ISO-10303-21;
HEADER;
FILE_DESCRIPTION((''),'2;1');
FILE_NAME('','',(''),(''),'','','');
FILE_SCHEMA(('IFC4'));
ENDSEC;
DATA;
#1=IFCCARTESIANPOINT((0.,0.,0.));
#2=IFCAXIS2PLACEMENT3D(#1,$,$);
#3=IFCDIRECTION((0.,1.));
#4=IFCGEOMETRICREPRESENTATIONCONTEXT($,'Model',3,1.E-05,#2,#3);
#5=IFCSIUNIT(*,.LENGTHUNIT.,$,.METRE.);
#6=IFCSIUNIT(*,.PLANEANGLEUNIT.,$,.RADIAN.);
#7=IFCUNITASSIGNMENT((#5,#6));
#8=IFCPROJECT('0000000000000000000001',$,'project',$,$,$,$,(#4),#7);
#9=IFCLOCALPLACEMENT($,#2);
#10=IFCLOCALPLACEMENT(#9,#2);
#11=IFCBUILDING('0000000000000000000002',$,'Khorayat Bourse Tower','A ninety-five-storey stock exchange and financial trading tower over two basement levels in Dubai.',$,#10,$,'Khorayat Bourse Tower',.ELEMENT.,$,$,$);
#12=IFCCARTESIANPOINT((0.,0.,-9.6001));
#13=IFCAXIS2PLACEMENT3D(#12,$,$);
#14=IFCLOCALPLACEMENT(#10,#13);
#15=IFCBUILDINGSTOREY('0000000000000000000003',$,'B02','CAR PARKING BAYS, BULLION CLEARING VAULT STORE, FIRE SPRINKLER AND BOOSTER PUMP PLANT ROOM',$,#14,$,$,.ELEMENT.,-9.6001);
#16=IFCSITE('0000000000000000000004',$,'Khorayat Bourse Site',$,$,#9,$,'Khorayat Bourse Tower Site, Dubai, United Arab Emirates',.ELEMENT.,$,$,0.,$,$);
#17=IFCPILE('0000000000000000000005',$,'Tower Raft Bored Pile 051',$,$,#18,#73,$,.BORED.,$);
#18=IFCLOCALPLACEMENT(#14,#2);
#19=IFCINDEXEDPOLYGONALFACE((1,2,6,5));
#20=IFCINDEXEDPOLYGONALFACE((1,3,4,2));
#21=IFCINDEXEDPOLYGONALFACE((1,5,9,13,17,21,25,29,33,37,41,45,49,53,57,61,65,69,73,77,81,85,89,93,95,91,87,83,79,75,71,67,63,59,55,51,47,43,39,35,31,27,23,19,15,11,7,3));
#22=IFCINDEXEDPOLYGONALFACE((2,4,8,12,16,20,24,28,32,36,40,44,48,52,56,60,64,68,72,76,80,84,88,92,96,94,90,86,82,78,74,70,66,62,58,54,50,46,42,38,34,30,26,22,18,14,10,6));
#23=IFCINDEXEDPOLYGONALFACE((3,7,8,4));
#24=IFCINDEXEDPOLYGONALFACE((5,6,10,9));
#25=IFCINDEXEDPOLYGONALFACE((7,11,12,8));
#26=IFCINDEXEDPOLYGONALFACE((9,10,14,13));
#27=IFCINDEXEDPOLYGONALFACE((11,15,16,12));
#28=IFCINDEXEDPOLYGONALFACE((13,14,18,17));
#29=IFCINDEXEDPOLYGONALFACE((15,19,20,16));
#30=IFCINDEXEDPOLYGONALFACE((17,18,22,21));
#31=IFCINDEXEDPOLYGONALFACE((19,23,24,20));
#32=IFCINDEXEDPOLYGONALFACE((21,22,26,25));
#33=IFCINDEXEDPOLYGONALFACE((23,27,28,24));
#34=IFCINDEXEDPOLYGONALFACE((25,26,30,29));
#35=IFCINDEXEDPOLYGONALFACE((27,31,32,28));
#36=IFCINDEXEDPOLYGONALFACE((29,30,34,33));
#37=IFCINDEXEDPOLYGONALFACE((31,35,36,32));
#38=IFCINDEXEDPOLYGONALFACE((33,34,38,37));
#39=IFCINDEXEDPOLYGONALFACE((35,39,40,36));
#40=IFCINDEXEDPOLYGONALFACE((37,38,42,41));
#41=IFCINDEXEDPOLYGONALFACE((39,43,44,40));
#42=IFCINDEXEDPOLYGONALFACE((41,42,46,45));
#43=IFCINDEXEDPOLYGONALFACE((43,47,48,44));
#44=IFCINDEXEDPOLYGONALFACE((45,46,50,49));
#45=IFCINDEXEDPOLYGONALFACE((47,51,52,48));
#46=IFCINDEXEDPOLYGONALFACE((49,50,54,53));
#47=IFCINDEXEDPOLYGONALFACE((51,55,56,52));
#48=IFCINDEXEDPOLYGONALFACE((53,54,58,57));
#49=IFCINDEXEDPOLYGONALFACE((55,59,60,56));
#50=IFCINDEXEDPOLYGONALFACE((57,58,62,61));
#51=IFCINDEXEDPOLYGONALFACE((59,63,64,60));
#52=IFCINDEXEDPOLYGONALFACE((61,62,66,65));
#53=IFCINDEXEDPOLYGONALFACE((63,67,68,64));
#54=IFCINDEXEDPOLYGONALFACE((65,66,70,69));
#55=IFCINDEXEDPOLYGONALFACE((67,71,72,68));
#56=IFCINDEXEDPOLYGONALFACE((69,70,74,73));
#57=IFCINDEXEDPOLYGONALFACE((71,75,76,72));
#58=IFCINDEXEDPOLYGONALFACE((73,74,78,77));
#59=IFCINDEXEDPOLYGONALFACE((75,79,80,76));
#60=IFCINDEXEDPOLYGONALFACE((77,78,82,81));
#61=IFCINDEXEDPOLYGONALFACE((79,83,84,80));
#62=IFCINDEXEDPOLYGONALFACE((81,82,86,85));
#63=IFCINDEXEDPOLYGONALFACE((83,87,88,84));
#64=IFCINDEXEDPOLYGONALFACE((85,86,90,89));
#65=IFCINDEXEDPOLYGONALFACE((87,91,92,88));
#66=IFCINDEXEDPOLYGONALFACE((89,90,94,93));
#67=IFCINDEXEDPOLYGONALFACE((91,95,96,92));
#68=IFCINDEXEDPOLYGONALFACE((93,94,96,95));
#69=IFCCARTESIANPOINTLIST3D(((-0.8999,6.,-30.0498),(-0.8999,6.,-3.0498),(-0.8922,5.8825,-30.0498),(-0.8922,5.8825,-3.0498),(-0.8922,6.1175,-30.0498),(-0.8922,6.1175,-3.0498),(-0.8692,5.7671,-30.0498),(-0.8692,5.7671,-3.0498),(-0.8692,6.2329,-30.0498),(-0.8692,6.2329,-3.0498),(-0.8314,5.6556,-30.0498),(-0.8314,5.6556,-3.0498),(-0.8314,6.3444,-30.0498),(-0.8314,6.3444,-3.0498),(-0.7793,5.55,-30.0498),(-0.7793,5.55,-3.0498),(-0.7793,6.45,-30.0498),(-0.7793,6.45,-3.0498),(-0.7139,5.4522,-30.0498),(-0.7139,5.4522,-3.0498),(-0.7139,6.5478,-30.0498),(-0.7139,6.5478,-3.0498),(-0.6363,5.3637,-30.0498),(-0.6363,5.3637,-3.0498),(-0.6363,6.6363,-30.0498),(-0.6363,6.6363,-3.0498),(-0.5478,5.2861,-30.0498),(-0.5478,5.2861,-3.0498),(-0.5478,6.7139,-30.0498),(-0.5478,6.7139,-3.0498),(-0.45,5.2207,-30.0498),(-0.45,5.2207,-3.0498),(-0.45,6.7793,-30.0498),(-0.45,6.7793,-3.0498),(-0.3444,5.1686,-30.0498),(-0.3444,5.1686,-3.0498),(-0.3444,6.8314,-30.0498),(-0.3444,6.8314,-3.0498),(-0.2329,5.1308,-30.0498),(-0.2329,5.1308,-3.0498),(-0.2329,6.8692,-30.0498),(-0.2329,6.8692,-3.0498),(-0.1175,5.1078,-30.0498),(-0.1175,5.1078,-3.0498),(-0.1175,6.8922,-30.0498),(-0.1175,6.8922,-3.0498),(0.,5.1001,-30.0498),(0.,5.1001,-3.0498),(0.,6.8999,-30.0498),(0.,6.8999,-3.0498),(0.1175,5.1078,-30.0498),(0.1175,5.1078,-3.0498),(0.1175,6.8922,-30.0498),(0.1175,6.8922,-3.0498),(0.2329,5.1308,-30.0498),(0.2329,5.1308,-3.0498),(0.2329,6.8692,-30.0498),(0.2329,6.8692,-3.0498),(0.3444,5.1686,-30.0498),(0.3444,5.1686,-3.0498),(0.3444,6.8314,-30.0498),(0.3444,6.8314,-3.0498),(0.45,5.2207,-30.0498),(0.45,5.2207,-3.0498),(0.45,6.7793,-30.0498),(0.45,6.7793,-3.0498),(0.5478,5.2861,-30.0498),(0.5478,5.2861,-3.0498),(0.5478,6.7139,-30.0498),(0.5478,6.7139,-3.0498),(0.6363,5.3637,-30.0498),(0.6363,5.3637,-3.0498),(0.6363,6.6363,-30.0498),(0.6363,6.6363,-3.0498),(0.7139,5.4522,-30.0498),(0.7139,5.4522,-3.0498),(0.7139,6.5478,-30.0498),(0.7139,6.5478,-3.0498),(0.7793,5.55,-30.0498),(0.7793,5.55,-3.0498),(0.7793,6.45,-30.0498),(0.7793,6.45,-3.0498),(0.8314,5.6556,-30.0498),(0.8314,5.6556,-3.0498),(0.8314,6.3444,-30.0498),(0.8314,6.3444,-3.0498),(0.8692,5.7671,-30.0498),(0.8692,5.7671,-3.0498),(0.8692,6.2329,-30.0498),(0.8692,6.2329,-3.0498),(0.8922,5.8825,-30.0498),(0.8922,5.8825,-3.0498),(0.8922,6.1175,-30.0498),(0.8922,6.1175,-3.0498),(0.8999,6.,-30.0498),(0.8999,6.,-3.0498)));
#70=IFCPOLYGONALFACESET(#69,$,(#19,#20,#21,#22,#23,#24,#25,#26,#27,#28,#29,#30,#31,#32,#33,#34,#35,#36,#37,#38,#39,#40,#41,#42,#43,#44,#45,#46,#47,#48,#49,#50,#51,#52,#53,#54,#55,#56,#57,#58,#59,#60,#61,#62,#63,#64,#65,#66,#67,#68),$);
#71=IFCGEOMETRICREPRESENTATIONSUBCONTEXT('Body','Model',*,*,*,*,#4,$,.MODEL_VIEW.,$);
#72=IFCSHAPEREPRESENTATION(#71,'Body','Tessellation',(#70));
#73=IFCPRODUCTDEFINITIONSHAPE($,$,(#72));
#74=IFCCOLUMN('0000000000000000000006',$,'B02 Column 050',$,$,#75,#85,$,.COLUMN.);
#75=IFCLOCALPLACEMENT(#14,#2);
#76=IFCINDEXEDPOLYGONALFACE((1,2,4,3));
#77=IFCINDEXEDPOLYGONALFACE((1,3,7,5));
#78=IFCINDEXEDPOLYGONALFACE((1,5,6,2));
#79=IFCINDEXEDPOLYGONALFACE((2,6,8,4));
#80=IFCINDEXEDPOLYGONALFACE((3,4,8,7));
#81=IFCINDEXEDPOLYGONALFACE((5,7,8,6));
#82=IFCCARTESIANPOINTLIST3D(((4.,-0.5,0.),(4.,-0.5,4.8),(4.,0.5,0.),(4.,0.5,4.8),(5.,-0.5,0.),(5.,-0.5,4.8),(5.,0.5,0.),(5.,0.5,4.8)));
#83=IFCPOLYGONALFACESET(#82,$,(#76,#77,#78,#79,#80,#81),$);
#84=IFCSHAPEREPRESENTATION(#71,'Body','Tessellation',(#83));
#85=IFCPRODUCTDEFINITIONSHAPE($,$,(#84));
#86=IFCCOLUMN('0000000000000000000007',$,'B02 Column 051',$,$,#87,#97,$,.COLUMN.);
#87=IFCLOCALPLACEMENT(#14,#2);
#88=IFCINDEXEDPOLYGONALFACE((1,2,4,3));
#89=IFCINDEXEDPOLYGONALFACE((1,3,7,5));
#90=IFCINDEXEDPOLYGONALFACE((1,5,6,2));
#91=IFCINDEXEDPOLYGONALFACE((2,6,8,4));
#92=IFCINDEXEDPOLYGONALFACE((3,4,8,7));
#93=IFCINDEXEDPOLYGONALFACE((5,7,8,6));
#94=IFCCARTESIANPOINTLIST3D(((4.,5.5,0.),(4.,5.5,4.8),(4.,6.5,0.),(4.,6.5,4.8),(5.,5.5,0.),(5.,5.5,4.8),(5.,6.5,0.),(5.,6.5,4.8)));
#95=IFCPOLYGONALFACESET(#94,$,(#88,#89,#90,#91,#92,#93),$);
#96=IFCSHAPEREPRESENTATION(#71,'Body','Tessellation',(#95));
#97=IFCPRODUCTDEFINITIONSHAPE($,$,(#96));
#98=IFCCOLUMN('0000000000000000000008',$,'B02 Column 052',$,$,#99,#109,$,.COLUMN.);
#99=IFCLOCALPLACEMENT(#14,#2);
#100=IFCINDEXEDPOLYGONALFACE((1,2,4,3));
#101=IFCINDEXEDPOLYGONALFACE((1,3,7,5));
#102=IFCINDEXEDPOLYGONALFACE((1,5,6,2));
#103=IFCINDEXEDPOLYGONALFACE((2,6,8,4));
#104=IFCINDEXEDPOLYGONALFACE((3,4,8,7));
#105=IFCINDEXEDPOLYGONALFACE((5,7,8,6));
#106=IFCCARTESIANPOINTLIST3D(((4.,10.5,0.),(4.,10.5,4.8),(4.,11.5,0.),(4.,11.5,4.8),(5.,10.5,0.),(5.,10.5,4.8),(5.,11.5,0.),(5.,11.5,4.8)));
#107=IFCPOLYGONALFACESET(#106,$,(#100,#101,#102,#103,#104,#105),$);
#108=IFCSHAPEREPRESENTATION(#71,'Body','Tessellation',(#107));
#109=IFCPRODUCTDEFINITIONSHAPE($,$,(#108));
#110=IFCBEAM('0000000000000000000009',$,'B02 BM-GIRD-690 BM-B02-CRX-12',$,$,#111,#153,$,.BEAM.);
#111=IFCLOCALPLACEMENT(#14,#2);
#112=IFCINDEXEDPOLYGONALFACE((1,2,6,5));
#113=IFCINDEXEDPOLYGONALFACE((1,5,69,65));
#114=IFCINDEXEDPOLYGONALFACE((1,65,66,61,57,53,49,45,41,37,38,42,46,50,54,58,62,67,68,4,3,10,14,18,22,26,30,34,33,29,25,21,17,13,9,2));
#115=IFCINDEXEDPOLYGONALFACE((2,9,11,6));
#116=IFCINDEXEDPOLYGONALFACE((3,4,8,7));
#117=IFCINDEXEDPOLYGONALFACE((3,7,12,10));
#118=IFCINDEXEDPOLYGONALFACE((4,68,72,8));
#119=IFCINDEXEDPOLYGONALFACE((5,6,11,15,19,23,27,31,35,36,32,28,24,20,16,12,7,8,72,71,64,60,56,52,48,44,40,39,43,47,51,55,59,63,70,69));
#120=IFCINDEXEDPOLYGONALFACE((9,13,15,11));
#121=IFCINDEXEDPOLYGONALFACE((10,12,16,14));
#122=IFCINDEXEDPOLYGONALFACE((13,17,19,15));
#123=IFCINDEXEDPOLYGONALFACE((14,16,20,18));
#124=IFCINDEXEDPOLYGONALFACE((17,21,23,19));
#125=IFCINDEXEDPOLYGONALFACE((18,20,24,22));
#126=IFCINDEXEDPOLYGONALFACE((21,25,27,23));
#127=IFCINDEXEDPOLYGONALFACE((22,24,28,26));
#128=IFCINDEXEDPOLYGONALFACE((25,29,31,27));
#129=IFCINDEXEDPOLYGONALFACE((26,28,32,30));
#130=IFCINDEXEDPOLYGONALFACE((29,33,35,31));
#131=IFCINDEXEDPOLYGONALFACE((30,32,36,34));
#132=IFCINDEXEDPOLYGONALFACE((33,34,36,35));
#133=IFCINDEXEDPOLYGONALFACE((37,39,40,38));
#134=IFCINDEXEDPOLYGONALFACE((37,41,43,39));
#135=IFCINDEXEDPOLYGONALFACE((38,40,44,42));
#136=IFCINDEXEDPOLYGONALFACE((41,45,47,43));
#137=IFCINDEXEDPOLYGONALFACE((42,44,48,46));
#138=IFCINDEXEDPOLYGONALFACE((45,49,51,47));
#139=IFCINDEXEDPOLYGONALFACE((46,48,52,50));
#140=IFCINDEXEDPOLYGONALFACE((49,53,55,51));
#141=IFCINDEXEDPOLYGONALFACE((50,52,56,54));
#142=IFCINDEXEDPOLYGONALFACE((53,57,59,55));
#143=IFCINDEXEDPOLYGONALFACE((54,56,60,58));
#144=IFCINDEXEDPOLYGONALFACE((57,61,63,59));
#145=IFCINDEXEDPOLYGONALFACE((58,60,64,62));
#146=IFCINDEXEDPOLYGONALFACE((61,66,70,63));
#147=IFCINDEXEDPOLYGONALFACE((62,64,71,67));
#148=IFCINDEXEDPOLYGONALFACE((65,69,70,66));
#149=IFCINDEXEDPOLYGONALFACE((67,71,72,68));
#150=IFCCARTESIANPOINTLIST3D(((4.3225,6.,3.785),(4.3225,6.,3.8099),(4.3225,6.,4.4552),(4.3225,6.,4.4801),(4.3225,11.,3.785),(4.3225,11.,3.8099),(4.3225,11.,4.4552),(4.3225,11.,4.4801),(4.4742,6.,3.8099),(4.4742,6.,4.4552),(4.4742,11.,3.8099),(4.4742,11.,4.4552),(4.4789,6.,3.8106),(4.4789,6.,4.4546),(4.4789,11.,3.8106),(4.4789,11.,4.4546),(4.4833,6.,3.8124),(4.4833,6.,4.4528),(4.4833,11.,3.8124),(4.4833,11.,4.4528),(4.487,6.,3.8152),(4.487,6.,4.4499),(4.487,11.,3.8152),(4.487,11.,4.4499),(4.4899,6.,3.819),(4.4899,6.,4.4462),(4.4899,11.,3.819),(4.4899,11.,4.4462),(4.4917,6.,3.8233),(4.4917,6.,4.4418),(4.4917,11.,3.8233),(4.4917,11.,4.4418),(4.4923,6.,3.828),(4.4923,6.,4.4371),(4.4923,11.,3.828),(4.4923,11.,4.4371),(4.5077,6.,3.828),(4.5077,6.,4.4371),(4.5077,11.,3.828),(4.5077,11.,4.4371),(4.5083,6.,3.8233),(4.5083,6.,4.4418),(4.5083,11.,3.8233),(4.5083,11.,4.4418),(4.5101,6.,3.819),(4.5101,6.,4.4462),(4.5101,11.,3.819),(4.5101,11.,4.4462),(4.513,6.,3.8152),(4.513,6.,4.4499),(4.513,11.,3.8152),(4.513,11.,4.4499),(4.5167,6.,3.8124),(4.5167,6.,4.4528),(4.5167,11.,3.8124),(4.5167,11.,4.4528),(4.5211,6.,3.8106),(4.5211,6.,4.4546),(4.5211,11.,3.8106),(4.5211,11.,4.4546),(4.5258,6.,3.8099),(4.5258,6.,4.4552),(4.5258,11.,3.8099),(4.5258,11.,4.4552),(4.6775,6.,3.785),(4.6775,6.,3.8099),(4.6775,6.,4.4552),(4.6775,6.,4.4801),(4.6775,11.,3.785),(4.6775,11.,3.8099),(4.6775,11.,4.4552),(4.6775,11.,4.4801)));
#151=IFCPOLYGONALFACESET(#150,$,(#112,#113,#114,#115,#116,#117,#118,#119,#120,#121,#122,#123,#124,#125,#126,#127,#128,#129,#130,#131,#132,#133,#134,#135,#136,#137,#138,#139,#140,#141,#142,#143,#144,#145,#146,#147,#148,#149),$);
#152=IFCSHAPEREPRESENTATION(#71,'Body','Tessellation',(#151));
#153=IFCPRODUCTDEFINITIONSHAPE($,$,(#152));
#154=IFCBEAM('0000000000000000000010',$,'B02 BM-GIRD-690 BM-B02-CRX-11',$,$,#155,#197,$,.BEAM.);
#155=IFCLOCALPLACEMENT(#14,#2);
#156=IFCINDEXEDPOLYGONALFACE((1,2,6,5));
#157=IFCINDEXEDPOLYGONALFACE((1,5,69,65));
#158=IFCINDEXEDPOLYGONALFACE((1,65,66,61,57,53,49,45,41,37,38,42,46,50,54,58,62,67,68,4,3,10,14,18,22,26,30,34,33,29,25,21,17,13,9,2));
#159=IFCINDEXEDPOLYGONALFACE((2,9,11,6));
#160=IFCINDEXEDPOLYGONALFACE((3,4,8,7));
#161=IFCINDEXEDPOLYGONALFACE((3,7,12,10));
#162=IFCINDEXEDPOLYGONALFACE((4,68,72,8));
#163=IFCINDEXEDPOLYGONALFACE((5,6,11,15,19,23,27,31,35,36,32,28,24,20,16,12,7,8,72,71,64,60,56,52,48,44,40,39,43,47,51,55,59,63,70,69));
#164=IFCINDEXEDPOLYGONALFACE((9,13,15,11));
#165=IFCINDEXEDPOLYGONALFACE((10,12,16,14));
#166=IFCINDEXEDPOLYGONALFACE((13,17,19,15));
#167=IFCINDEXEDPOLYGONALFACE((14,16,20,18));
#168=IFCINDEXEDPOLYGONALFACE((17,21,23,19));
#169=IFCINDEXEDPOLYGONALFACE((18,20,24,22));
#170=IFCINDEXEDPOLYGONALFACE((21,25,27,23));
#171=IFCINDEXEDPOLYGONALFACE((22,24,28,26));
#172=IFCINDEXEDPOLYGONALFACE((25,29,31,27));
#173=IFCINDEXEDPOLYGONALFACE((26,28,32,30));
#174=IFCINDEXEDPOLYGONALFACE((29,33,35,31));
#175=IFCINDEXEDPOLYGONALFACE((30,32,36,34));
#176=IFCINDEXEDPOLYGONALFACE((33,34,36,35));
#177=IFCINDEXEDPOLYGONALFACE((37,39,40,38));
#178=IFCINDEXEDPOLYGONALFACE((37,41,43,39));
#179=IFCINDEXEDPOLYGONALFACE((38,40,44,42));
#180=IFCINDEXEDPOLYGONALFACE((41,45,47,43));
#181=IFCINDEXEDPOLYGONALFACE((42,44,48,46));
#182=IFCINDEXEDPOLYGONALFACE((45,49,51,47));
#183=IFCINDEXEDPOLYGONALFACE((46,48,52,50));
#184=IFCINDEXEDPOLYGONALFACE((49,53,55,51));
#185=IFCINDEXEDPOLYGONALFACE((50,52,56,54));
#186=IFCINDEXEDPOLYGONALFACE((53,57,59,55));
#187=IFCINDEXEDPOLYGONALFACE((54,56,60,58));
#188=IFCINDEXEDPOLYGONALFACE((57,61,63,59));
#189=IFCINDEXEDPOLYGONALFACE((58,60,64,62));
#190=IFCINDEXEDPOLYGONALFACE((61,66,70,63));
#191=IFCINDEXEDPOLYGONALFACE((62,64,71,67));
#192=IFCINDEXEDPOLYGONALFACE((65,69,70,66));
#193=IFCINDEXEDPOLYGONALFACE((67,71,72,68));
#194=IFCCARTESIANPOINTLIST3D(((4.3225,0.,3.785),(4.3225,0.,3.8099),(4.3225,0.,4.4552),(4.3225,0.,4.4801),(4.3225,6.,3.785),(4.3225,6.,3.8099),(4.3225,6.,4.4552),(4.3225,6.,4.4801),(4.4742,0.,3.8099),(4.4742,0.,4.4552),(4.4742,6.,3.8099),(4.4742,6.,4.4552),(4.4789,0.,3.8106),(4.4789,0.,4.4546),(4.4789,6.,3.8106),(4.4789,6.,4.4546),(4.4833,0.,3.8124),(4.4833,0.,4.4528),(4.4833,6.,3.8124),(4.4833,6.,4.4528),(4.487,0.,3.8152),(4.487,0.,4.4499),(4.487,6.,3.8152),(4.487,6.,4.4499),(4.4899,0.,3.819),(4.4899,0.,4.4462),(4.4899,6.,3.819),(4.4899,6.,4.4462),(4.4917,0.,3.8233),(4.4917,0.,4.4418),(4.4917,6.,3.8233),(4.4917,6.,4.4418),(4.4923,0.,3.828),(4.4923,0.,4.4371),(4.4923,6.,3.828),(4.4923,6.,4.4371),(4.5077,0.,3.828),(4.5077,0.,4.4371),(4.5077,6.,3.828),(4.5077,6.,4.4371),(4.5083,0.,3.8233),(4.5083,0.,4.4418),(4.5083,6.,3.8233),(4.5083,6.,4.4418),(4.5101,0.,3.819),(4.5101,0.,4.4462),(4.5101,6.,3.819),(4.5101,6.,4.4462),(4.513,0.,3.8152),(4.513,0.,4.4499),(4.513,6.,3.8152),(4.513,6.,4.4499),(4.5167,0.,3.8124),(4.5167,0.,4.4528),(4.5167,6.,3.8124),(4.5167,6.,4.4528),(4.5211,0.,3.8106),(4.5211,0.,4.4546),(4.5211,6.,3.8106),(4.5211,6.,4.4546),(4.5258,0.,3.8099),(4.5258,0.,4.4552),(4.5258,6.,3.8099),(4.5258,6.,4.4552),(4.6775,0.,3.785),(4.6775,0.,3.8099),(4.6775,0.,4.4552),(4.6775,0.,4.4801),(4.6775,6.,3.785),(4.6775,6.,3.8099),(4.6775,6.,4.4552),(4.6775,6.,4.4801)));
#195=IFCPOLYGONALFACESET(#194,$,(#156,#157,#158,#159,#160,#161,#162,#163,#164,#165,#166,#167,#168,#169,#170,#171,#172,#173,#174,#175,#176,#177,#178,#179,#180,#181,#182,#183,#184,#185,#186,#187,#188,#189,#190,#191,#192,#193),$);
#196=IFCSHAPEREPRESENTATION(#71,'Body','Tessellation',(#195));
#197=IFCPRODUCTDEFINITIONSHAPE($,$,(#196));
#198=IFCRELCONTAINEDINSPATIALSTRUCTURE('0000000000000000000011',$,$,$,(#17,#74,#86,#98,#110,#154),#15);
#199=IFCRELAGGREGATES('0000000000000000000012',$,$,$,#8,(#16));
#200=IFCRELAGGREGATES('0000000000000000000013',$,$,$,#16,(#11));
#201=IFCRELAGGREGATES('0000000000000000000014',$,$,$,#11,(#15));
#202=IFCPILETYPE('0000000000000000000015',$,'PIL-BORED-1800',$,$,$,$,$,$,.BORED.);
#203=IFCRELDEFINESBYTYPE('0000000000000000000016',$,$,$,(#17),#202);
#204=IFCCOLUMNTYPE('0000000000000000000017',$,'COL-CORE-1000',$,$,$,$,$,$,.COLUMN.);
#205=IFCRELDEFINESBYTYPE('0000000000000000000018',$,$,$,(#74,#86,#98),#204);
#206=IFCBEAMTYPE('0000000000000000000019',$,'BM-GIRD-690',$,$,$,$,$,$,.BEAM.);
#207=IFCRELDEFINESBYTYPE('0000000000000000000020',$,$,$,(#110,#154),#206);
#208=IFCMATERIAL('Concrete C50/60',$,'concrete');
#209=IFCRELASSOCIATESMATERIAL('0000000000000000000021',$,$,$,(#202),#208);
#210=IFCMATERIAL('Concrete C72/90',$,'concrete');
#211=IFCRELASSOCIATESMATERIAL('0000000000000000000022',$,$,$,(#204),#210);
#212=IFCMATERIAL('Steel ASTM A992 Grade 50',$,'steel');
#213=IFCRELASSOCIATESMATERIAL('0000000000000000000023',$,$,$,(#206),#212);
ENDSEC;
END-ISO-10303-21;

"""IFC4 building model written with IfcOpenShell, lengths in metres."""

from ifc_helpers import new_model, si_unit, direction, frame, origin, origin_2d, place, context, subcontext, project, spatial, rectangle, circle, i_section, extrude, source, transform, mapped, material, material_profile, profile_set, type_object, element, save


model = new_model("IFC4")

# Units and contexts
model_context = context("Model", 3, precision=1e-05, world=origin(), true_north=direction((0.0, 1.0)))
body_context = subcontext(model_context, "Body", "Model", "MODEL_VIEW")
ifc_project = project(units=[si_unit("LENGTHUNIT", "METRE"), si_unit("PLANEANGLEUNIT", "RADIAN")], contexts=[model_context])

# Site, building, storey
site_placement = place(None, origin())
site = spatial("IfcSite", under=ifc_project, at=site_placement, Name="Khorayat Bourse Site", LongName="Khorayat Bourse Tower Site, Dubai, United Arab Emirates", CompositionType="ELEMENT", RefElevation=0.0)
building_placement = place(site_placement, origin())
building = spatial("IfcBuilding", under=site, at=building_placement, Name="Khorayat Bourse Tower", Description="A ninety-five-storey stock exchange and financial trading tower over two basement levels in Dubai.", LongName="Khorayat Bourse Tower", CompositionType="ELEMENT")
storey_placement = place(building_placement, frame((0.0, 0.0, -9.6001)))
storey = spatial("IfcBuildingStorey", under=building, at=storey_placement, Name="B02", Description="CAR PARKING BAYS, BULLION CLEARING VAULT STORE, FIRE SPRINKLER AND BOOSTER PUMP PLANT ROOM", CompositionType="ELEMENT", Elevation=-9.6001)

# Pile
ifc_material_1 = material(Name="Concrete C50/60", Category="concrete")
ifc_material_profile_1 = material_profile(ifc_material_1, circle(Radius=0.8999, at=origin_2d()), Name="BORED PILE D1800")
ifc_profile_set_1 = profile_set([ifc_material_profile_1], Name="Concrete C50/60")
pile_type = type_object("IfcPileType", Name="PIL-BORED-1800", PredefinedType="BORED", material=ifc_profile_set_1)
shared_shape_1 = source(origin(), body_context, "Body", "SweptSolid", [
    extrude(circle(Radius=0.8999, at=origin_2d()), origin(), (0.0, 0.0, 1.0), 27.0),
])
pile_placement = place(storey_placement, frame((0.0, 6.0, -3.0498), z_axis=(0.0, 0.0, -1.0), x_axis=(1.0, 0.0, 0.0)))
element("IfcPile", 1, at=pile_placement, inside=storey, type_object=pile_type, Name="Tower Raft Bored Pile 051", PredefinedType="BORED", context=body_context, shape_type="MappedRepresentation", body=[
    mapped(shared_shape_1, transform((0.0, 0.0, 0.0), scale=1.0)),
])

# Columns
ifc_material_2 = material(Name="Concrete C72/90", Category="concrete")
ifc_material_profile_2 = material_profile(ifc_material_2, rectangle(XDim=1.0, YDim=1.0, at=origin_2d()), Name="RC 1000x1000")
ifc_profile_set_2 = profile_set([ifc_material_profile_2], Name="Concrete C72/90")
column_type = type_object("IfcColumnType", Name="COL-CORE-1000", PredefinedType="COLUMN", material=ifc_profile_set_2)
shared_shape_2 = source(origin(), body_context, "Body", "SweptSolid", [
    extrude(rectangle(XDim=1.0, YDim=1.0, at=origin_2d()), origin(), (0.0, 0.0, 1.0), 4.8),
])
for number, where, z_axis, x_axis, name in (
    (2, (4.5, 0.0, 0.0), (0.0, 0.0, 1.0), (1.0, 0.0, 0.0), "B02 Column 050"),
    (3, (4.5, 6.0, 0.0), (0.0, 0.0, 1.0), (1.0, 0.0, 0.0), "B02 Column 051"),
    (4, (4.5, 11.0, 0.0), (0.0, 0.0, 1.0), (1.0, 0.0, 0.0), "B02 Column 052"),
):
    element("IfcColumn", number, at=place(storey_placement, frame(where, z_axis=z_axis, x_axis=x_axis)), inside=storey, type_object=column_type, Name=name, PredefinedType="COLUMN", context=body_context, shape_type="MappedRepresentation", body=[
        mapped(shared_shape_2, transform((0.0, 0.0, 0.0), scale=1.0)),
    ])

# Beams
ifc_material_3 = material(Name="Steel ASTM A992 Grade 50", Category="steel")
ifc_material_profile_3 = material_profile(ifc_material_3, i_section(OverallWidth=0.355, OverallDepth=0.6951, WebThickness=0.0154, FlangeThickness=0.0249, FilletRadius=0.0181, at=origin_2d()), Name="W690X217")
ifc_profile_set_3 = profile_set([ifc_material_profile_3], Name="Steel ASTM A992 Grade 50")
beam_type_1 = type_object("IfcBeamType", Name="BM-GIRD-690", PredefinedType="BEAM", material=ifc_profile_set_3)
shared_shape_3 = source(origin(), body_context, "Body", "SweptSolid", [
    extrude(i_section(OverallWidth=0.355, OverallDepth=0.6951, WebThickness=0.0154, FlangeThickness=0.0249, FilletRadius=0.0181, at=origin_2d()), origin(), (0.0, 0.0, 1.0), 5.0),
])
beam_1_placement = place(storey_placement, frame((4.5, 6.0, 4.1326), z_axis=(0.0, 1.0, 0.0), x_axis=(-1.0, 0.0, 0.0)))
element("IfcBeam", 5, at=beam_1_placement, inside=storey, type_object=beam_type_1, Name="B02 BM-GIRD-690 BM-B02-CRX-12", PredefinedType="BEAM", context=body_context, shape_type="MappedRepresentation", body=[
    mapped(shared_shape_3, transform((0.0, 0.0, 0.0), scale=1.0)),
])
shared_shape_4 = source(origin(), body_context, "Body", "SweptSolid", [
    extrude(i_section(OverallWidth=0.355, OverallDepth=0.6951, WebThickness=0.0154, FlangeThickness=0.0249, FilletRadius=0.0181, at=origin_2d()), origin(), (0.0, 0.0, 1.0), 6.0),
])
beam_2_placement = place(storey_placement, frame((4.5, 0.0, 4.1326), z_axis=(0.0, 1.0, 0.0), x_axis=(-1.0, 0.0, 0.0)))
element("IfcBeam", 6, at=beam_2_placement, inside=storey, type_object=beam_type_1, Name="B02 BM-GIRD-690 BM-B02-CRX-11", PredefinedType="BEAM", context=body_context, shape_type="MappedRepresentation", body=[
    mapped(shared_shape_4, transform((0.0, 0.0, 0.0), scale=1.0)),
])

save(model, "model.ifc")
